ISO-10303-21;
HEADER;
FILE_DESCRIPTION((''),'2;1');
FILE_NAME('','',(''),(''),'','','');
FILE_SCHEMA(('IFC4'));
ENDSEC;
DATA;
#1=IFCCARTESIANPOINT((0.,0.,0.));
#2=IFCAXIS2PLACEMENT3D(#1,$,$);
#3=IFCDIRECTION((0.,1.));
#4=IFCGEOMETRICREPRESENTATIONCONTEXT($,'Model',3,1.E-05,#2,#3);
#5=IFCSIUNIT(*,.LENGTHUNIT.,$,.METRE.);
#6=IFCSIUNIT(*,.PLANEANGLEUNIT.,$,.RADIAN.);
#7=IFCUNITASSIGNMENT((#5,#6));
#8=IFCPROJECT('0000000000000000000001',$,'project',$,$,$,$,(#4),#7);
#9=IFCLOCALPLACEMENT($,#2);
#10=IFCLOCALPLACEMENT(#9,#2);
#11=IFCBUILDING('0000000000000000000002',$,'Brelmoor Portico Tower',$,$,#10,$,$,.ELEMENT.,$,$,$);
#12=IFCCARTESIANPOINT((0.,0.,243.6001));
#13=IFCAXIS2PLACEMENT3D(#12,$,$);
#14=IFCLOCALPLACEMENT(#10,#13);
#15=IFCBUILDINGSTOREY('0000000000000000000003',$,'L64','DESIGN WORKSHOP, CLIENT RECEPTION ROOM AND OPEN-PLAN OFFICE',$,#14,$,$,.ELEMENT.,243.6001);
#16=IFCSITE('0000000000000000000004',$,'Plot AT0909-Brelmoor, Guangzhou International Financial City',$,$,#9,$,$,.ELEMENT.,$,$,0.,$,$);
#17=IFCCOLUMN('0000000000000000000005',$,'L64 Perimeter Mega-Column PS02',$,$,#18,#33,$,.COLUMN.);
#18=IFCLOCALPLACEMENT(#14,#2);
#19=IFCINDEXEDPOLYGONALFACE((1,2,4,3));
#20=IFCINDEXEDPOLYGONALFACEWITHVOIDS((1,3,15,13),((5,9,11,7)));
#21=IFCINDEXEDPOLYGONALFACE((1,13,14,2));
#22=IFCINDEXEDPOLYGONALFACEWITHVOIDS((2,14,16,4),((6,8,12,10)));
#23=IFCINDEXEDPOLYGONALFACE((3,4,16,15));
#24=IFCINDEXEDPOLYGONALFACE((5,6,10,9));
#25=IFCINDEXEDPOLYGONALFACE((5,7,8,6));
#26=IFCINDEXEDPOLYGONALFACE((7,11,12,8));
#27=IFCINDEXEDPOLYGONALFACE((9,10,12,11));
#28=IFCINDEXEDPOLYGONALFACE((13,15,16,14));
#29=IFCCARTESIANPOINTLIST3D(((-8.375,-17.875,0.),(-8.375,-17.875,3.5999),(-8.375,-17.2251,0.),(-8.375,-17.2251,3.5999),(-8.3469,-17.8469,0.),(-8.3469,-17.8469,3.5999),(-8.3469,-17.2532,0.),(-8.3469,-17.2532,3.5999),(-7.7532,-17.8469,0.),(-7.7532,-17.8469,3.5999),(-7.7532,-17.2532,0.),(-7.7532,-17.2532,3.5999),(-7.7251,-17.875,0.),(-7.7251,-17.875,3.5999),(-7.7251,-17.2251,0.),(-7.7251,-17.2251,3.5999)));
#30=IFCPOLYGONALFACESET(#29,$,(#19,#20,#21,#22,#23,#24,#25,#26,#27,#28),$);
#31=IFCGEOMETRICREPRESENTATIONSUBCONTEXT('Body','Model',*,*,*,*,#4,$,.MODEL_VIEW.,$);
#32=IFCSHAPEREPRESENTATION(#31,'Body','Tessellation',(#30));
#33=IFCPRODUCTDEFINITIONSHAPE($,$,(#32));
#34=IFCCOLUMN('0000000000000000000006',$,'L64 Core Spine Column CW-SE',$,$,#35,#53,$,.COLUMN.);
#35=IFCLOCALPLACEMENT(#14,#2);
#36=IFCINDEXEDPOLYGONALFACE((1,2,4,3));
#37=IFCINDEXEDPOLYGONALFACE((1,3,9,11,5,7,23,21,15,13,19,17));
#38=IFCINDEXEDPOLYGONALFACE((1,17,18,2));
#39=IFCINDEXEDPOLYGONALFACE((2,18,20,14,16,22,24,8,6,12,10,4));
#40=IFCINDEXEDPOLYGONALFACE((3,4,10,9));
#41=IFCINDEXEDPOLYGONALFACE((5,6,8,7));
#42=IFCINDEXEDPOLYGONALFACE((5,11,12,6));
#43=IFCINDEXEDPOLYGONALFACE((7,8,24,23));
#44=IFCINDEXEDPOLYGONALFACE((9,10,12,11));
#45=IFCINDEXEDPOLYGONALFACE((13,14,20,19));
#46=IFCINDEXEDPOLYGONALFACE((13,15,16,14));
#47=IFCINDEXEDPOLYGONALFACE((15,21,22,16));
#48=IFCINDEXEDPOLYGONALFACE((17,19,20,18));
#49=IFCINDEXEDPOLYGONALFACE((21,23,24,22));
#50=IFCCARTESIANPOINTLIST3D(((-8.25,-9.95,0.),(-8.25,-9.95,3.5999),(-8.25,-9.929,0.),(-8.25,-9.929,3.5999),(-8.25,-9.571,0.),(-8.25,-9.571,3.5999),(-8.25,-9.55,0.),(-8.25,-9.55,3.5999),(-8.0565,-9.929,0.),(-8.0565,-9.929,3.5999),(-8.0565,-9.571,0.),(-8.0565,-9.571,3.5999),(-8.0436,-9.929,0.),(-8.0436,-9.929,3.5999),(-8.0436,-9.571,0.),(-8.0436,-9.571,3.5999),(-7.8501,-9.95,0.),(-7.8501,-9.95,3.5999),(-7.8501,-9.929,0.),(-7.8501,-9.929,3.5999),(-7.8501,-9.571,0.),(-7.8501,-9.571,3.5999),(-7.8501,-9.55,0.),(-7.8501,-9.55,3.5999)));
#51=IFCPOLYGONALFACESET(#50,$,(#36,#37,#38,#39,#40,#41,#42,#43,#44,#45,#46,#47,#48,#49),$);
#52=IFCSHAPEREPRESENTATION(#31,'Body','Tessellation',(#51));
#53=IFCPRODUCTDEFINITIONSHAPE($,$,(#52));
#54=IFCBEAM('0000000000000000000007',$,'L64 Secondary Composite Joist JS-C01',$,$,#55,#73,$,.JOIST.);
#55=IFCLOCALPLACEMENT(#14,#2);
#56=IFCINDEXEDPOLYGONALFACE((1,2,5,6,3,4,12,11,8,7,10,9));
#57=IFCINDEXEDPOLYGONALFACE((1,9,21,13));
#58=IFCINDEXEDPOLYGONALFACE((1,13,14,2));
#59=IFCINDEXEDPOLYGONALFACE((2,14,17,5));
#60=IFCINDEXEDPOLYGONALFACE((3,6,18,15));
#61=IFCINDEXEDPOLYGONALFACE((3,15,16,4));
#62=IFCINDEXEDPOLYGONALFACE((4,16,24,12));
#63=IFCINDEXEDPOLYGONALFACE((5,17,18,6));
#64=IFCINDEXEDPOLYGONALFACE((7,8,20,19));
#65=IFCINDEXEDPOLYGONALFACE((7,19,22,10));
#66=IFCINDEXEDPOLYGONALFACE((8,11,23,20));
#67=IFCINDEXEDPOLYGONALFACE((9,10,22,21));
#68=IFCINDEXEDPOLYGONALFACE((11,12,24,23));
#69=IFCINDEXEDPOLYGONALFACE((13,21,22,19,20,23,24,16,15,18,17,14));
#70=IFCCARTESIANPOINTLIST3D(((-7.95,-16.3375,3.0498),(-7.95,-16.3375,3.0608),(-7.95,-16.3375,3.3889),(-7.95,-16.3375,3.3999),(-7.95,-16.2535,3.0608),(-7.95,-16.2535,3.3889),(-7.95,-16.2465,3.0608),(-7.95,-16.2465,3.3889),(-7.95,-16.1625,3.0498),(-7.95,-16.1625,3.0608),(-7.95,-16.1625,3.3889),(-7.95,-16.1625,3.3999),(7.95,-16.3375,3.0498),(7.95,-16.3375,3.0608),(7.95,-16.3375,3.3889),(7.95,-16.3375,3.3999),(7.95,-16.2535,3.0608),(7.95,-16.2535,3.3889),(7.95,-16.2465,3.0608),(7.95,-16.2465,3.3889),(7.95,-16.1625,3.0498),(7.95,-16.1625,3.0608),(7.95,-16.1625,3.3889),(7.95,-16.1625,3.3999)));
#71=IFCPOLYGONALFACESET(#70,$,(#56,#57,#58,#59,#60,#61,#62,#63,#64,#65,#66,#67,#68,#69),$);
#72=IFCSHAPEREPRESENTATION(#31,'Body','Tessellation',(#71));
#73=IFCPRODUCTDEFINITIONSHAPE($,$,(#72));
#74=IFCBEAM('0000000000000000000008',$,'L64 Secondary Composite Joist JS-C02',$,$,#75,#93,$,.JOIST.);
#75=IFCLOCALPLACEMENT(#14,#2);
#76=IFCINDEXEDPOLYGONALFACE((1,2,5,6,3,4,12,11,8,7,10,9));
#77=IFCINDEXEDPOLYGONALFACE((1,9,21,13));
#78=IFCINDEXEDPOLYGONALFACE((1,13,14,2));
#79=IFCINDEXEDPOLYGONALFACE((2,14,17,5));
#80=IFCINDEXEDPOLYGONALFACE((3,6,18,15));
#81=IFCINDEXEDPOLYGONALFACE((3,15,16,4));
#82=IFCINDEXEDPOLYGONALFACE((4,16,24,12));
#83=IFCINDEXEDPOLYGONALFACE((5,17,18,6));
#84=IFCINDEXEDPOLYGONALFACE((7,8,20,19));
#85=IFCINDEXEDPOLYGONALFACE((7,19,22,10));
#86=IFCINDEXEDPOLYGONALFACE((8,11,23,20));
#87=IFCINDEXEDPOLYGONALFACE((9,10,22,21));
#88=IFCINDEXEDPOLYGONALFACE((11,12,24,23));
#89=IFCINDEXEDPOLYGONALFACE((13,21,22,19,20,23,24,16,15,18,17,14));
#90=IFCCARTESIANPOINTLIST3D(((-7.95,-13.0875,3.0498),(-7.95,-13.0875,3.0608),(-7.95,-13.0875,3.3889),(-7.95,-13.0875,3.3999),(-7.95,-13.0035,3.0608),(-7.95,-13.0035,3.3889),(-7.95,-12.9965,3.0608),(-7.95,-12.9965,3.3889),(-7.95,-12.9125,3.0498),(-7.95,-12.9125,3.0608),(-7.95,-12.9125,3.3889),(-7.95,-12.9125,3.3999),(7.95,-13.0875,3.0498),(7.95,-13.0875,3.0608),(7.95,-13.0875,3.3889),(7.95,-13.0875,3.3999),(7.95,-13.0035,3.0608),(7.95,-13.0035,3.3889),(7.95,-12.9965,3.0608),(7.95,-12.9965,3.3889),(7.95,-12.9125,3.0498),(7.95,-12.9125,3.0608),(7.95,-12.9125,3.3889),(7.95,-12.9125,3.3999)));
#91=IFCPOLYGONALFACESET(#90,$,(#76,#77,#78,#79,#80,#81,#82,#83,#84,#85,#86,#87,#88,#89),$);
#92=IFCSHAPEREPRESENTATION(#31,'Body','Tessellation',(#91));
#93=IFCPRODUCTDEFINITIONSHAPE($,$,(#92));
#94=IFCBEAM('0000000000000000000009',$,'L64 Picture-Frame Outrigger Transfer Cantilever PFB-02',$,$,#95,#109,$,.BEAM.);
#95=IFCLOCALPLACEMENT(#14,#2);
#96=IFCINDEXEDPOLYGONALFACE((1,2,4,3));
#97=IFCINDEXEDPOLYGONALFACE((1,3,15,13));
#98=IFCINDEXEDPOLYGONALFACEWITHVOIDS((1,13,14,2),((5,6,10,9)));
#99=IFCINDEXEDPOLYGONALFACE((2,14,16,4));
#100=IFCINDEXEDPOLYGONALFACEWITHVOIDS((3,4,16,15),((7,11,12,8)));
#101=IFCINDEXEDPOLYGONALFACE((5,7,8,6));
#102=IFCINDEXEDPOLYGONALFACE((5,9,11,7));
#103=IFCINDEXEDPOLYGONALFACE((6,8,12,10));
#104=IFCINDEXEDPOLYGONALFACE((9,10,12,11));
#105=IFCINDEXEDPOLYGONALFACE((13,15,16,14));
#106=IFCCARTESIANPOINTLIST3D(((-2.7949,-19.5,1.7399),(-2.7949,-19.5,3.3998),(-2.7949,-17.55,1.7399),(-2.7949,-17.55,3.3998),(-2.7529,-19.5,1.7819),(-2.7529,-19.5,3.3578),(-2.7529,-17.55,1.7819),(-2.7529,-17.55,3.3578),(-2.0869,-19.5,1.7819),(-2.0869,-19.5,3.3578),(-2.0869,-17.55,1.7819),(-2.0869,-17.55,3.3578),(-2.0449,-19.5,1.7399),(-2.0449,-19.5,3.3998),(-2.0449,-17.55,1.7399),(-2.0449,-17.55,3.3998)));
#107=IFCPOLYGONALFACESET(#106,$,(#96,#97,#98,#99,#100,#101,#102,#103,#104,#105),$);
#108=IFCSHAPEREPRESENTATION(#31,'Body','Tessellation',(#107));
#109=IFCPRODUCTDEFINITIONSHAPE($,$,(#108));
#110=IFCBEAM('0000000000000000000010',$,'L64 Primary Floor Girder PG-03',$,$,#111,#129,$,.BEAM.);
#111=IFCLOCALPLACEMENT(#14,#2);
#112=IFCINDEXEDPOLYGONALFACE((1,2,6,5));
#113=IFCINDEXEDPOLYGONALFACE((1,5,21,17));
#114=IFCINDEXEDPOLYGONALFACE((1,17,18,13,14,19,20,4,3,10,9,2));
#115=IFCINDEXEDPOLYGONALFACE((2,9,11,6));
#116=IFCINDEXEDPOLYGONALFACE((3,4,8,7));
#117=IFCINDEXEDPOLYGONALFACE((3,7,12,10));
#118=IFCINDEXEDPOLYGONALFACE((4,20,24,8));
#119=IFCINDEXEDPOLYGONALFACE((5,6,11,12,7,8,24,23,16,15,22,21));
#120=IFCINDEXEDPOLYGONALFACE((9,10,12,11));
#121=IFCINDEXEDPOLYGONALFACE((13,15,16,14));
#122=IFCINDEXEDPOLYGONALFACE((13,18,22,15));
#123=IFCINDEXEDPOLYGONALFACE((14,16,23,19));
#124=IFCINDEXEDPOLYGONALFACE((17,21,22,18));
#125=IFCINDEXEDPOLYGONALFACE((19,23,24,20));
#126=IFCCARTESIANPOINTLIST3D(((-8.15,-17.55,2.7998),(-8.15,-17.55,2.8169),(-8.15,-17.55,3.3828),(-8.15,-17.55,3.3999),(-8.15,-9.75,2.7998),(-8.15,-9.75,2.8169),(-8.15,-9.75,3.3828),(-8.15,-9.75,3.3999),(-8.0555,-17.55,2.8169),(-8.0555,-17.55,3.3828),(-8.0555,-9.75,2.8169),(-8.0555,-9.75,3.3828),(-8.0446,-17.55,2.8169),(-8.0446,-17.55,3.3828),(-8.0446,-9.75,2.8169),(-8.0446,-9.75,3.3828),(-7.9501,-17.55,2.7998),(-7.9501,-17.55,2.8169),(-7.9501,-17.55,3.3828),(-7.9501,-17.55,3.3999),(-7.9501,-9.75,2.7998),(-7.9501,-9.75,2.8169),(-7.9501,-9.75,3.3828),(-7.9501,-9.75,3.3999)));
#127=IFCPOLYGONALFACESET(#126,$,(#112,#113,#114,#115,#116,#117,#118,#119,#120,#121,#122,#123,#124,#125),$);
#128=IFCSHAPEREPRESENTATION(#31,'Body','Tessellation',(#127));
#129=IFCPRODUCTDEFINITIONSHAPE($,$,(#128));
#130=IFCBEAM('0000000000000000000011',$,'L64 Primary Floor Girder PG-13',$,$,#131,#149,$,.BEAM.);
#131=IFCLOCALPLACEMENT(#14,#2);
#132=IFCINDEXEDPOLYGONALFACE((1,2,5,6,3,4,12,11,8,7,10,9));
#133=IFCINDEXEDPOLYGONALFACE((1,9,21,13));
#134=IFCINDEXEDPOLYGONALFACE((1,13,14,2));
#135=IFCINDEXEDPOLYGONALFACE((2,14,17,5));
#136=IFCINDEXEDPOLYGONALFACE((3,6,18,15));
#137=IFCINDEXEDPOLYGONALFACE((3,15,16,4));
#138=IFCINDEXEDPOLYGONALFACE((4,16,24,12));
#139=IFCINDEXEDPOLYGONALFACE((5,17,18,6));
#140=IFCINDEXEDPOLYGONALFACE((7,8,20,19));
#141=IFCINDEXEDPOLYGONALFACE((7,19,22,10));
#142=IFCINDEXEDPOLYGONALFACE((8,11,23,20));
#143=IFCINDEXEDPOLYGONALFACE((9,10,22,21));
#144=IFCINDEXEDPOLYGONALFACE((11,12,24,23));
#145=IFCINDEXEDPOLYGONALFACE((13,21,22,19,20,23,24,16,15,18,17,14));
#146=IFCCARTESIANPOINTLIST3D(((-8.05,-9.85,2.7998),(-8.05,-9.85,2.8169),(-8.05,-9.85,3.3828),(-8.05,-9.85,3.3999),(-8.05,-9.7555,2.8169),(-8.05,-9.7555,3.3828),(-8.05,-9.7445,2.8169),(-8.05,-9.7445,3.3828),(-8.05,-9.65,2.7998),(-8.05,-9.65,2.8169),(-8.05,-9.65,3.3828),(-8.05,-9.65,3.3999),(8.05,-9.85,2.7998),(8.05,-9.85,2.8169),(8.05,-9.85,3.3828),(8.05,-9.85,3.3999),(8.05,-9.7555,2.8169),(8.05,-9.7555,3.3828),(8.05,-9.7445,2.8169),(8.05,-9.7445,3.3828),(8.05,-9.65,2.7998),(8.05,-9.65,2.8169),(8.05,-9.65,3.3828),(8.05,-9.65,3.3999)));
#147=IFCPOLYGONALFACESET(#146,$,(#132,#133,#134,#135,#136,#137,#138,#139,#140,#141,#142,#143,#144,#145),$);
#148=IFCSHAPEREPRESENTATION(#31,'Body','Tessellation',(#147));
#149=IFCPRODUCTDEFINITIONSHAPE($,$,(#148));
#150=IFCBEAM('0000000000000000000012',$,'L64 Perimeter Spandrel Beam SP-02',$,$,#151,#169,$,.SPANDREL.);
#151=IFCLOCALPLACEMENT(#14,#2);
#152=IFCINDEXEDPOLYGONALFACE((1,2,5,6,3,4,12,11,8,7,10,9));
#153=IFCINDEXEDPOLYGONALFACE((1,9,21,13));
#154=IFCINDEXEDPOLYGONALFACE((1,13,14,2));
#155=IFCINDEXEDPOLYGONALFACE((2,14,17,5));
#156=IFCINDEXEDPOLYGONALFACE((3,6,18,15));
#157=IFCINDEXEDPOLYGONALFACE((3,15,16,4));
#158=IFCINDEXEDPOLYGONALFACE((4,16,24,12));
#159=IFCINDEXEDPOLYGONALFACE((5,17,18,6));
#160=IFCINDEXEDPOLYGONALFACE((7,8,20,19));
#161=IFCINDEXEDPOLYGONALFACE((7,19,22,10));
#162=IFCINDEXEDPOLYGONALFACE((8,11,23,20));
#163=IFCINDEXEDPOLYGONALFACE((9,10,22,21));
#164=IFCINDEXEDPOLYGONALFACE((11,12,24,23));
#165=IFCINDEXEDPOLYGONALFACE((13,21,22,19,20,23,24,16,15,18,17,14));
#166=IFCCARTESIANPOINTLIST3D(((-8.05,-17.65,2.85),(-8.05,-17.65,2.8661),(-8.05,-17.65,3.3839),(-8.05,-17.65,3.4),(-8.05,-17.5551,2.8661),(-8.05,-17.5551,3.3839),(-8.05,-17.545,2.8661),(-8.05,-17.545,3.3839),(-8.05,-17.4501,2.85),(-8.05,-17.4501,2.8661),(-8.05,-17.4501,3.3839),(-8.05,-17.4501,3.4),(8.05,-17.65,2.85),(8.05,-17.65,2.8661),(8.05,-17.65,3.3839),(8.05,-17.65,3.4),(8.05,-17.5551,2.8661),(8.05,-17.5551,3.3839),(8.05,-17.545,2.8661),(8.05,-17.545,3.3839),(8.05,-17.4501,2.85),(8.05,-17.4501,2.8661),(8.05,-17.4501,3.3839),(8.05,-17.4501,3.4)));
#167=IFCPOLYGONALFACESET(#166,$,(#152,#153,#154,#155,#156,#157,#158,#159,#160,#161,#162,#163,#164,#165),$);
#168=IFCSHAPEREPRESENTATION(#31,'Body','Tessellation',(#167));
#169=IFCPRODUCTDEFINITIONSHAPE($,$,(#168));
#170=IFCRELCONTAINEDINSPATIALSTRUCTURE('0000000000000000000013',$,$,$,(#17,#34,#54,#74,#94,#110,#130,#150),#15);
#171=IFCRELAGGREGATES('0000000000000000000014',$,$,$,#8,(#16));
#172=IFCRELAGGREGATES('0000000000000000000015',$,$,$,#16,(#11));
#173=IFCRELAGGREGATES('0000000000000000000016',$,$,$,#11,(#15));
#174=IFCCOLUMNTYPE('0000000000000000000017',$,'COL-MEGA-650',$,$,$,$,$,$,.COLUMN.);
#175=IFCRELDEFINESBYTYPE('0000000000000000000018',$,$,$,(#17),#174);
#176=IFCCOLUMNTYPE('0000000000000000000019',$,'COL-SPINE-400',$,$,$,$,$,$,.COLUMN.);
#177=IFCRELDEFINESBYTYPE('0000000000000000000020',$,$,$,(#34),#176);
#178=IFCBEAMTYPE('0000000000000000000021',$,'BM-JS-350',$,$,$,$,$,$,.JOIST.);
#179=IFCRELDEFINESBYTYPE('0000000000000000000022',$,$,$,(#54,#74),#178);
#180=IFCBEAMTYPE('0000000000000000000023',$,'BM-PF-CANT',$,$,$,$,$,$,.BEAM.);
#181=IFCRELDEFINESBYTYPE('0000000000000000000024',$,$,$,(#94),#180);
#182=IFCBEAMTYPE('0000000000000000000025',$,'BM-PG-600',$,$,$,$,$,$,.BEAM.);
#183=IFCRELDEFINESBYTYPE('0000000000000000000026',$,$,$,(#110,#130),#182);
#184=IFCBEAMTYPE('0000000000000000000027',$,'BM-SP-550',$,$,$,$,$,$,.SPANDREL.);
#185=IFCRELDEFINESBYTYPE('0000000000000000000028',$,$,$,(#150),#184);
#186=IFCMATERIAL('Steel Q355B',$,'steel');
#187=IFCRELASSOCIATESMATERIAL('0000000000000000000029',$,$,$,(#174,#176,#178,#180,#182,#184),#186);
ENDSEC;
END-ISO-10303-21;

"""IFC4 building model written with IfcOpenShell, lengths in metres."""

from ifc_helpers import new_model, si_unit, direction, frame, origin, origin_2d, place, context, subcontext, project, spatial, hollow_rectangle, i_section, extrude, material, material_profile, profile_set, type_object, element, save


model = new_model("IFC4")

# Units and contexts
model_context = context("Model", 3, precision=1e-05, world=origin(), true_north=direction((0.0, 1.0)))
body_context = subcontext(model_context, "Body", "Model", "MODEL_VIEW")
ifc_project = project(units=[si_unit("LENGTHUNIT", "METRE"), si_unit("PLANEANGLEUNIT", "RADIAN")], contexts=[model_context])

# Site, building, storey
site_placement = place(None, origin())
site = spatial("IfcSite", under=ifc_project, at=site_placement, Name="Plot AT0909-Brelmoor, Guangzhou International Financial City", CompositionType="ELEMENT", RefElevation=0.0)
building_placement = place(site_placement, origin())
building = spatial("IfcBuilding", under=site, at=building_placement, Name="Brelmoor Portico Tower", CompositionType="ELEMENT")
storey_placement = place(building_placement, frame((0.0, 0.0, 243.6001)))
storey = spatial("IfcBuildingStorey", under=building, at=storey_placement, Name="L64", Description="DESIGN WORKSHOP, CLIENT RECEPTION ROOM AND OPEN-PLAN OFFICE", CompositionType="ELEMENT", Elevation=243.6001)

# Columns
ifc_material_1 = material(Name="Steel Q355B", Category="steel")
ifc_material_profile_1 = material_profile(ifc_material_1, hollow_rectangle(XDim=0.6499, YDim=0.6499, WallThickness=0.0281, at=origin_2d()), Name="BOX 650x650x28")
ifc_profile_set_1 = profile_set([ifc_material_profile_1], Name="Steel Q355B")
column_type_1 = type_object("IfcColumnType", Name="COL-MEGA-650", PredefinedType="COLUMN", material=ifc_profile_set_1)
column_1_placement = place(storey_placement, frame((-8.05, -17.55, 0.0), z_axis=(0.0, 0.0, 1.0), x_axis=(1.0, 0.0, 0.0)))
element("IfcColumn", 1, at=column_1_placement, inside=storey, type_object=column_type_1, Name="L64 Perimeter Mega-Column PS02", PredefinedType="COLUMN", context=body_context, shape_type="SweptSolid", body=[
    extrude(hollow_rectangle(XDim=0.6499, YDim=0.6499, WallThickness=0.0281, at=origin_2d()), origin(), (0.0, 0.0, 1.0), 3.5999),
])
ifc_material_profile_2 = material_profile(ifc_material_1, i_section(OverallWidth=0.3999, OverallDepth=0.3999, WebThickness=0.0129, FlangeThickness=0.021, at=origin_2d()), Name="HW 400x400x13x21")
ifc_profile_set_2 = profile_set([ifc_material_profile_2], Name="Steel Q355B")
column_type_2 = type_object("IfcColumnType", Name="COL-SPINE-400", PredefinedType="COLUMN", material=ifc_profile_set_2)
column_2_placement = place(storey_placement, frame((-8.05, -9.75, 0.0), z_axis=(0.0, 0.0, 1.0), x_axis=(1.0, 0.0, 0.0)))
element("IfcColumn", 2, at=column_2_placement, inside=storey, type_object=column_type_2, Name="L64 Core Spine Column CW-SE", PredefinedType="COLUMN", context=body_context, shape_type="SweptSolid", body=[
    extrude(i_section(OverallWidth=0.3999, OverallDepth=0.3999, WebThickness=0.0129, FlangeThickness=0.021, at=origin_2d()), origin(), (0.0, 0.0, 1.0), 3.5999),
])

# Beams
ifc_material_profile_3 = material_profile(ifc_material_1, i_section(OverallWidth=0.175, OverallDepth=0.3501, WebThickness=0.0071, FlangeThickness=0.011, at=origin_2d()), Name="HN 350x175x7x11")
ifc_profile_set_3 = profile_set([ifc_material_profile_3], Name="Steel Q355B")
beam_type_1 = type_object("IfcBeamType", Name="BM-JS-350", PredefinedType="JOIST", material=ifc_profile_set_3)
for number, where, z_axis, x_axis, name in (
    (3, (-7.95, -16.25, 3.2249), (1.0, 0.0, 0.0), (0.0, 1.0, 0.0), "L64 Secondary Composite Joist JS-C01"),
    (4, (-7.95, -13.0, 3.2249), (1.0, 0.0, 0.0), (0.0, 1.0, 0.0), "L64 Secondary Composite Joist JS-C02"),
):
    element("IfcBeam", number, at=place(storey_placement, frame(where, z_axis=z_axis, x_axis=x_axis)), inside=storey, type_object=beam_type_1, Name=name, PredefinedType="JOIST", context=body_context, shape_type="SweptSolid", body=[
        extrude(i_section(OverallWidth=0.175, OverallDepth=0.3501, WebThickness=0.0071, FlangeThickness=0.011, at=origin_2d()), origin(), (0.0, 0.0, 1.0), 15.8999),
    ])
ifc_material_profile_4 = material_profile(ifc_material_1, hollow_rectangle(XDim=0.75, YDim=1.6599, WallThickness=0.042, at=origin_2d()), Name="BOX 750x1660x42")
ifc_profile_set_4 = profile_set([ifc_material_profile_4], Name="Steel Q355B")
beam_type_2 = type_object("IfcBeamType", Name="BM-PF-CANT", PredefinedType="BEAM", material=ifc_profile_set_4)
beam_1_placement = place(storey_placement, frame((-2.4199, -19.5, 2.5698), z_axis=(0.0, 1.0, 0.0), x_axis=(-1.0, 0.0, 0.0)))
element("IfcBeam", 5, at=beam_1_placement, inside=storey, type_object=beam_type_2, Name="L64 Picture-Frame Outrigger Transfer Cantilever PFB-02", PredefinedType="BEAM", context=body_context, shape_type="SweptSolid", body=[
    extrude(hollow_rectangle(XDim=0.75, YDim=1.6599, WallThickness=0.042, at=origin_2d()), origin(), (0.0, 0.0, 1.0), 1.95),
])
ifc_material_profile_5 = material_profile(ifc_material_1, i_section(OverallWidth=0.2, OverallDepth=0.6001, WebThickness=0.011, FlangeThickness=0.0171, at=origin_2d()), Name="HN 600x200x11x17")
ifc_profile_set_5 = profile_set([ifc_material_profile_5], Name="Steel Q355B")
beam_type_3 = type_object("IfcBeamType", Name="BM-PG-600", PredefinedType="BEAM", material=ifc_profile_set_5)
beam_2_placement = place(storey_placement, frame((-8.05, -17.55, 3.0999), z_axis=(0.0, 1.0, 0.0), x_axis=(-1.0, 0.0, 0.0)))
element("IfcBeam", 6, at=beam_2_placement, inside=storey, type_object=beam_type_3, Name="L64 Primary Floor Girder PG-03", PredefinedType="BEAM", context=body_context, shape_type="SweptSolid", body=[
    extrude(i_section(OverallWidth=0.2, OverallDepth=0.6001, WebThickness=0.011, FlangeThickness=0.0171, at=origin_2d()), origin(), (0.0, 0.0, 1.0), 7.8),
])
beam_3_placement = place(storey_placement, frame((-8.05, -9.75, 3.0999), z_axis=(1.0, 0.0, 0.0), x_axis=(0.0, 1.0, 0.0)))
element("IfcBeam", 7, at=beam_3_placement, inside=storey, type_object=beam_type_3, Name="L64 Primary Floor Girder PG-13", PredefinedType="BEAM", context=body_context, shape_type="SweptSolid", body=[
    extrude(i_section(OverallWidth=0.2, OverallDepth=0.6001, WebThickness=0.011, FlangeThickness=0.0171, at=origin_2d()), origin(), (0.0, 0.0, 1.0), 16.1001),
])
ifc_material_profile_6 = material_profile(ifc_material_1, i_section(OverallWidth=0.2, OverallDepth=0.55, WebThickness=0.01, FlangeThickness=0.0161, at=origin_2d()), Name="HN 550x200x10x16")
ifc_profile_set_6 = profile_set([ifc_material_profile_6], Name="Steel Q355B")
beam_type_4 = type_object("IfcBeamType", Name="BM-SP-550", PredefinedType="SPANDREL", material=ifc_profile_set_6)
beam_4_placement = place(storey_placement, frame((-8.05, -17.55, 3.125), z_axis=(1.0, 0.0, 0.0), x_axis=(0.0, 1.0, 0.0)))
element("IfcBeam", 8, at=beam_4_placement, inside=storey, type_object=beam_type_4, Name="L64 Perimeter Spandrel Beam SP-02", PredefinedType="SPANDREL", context=body_context, shape_type="SweptSolid", body=[
    extrude(i_section(OverallWidth=0.2, OverallDepth=0.55, WebThickness=0.01, FlangeThickness=0.0161, at=origin_2d()), origin(), (0.0, 0.0, 1.0), 16.1001),
])

save(model, "model.ifc")
